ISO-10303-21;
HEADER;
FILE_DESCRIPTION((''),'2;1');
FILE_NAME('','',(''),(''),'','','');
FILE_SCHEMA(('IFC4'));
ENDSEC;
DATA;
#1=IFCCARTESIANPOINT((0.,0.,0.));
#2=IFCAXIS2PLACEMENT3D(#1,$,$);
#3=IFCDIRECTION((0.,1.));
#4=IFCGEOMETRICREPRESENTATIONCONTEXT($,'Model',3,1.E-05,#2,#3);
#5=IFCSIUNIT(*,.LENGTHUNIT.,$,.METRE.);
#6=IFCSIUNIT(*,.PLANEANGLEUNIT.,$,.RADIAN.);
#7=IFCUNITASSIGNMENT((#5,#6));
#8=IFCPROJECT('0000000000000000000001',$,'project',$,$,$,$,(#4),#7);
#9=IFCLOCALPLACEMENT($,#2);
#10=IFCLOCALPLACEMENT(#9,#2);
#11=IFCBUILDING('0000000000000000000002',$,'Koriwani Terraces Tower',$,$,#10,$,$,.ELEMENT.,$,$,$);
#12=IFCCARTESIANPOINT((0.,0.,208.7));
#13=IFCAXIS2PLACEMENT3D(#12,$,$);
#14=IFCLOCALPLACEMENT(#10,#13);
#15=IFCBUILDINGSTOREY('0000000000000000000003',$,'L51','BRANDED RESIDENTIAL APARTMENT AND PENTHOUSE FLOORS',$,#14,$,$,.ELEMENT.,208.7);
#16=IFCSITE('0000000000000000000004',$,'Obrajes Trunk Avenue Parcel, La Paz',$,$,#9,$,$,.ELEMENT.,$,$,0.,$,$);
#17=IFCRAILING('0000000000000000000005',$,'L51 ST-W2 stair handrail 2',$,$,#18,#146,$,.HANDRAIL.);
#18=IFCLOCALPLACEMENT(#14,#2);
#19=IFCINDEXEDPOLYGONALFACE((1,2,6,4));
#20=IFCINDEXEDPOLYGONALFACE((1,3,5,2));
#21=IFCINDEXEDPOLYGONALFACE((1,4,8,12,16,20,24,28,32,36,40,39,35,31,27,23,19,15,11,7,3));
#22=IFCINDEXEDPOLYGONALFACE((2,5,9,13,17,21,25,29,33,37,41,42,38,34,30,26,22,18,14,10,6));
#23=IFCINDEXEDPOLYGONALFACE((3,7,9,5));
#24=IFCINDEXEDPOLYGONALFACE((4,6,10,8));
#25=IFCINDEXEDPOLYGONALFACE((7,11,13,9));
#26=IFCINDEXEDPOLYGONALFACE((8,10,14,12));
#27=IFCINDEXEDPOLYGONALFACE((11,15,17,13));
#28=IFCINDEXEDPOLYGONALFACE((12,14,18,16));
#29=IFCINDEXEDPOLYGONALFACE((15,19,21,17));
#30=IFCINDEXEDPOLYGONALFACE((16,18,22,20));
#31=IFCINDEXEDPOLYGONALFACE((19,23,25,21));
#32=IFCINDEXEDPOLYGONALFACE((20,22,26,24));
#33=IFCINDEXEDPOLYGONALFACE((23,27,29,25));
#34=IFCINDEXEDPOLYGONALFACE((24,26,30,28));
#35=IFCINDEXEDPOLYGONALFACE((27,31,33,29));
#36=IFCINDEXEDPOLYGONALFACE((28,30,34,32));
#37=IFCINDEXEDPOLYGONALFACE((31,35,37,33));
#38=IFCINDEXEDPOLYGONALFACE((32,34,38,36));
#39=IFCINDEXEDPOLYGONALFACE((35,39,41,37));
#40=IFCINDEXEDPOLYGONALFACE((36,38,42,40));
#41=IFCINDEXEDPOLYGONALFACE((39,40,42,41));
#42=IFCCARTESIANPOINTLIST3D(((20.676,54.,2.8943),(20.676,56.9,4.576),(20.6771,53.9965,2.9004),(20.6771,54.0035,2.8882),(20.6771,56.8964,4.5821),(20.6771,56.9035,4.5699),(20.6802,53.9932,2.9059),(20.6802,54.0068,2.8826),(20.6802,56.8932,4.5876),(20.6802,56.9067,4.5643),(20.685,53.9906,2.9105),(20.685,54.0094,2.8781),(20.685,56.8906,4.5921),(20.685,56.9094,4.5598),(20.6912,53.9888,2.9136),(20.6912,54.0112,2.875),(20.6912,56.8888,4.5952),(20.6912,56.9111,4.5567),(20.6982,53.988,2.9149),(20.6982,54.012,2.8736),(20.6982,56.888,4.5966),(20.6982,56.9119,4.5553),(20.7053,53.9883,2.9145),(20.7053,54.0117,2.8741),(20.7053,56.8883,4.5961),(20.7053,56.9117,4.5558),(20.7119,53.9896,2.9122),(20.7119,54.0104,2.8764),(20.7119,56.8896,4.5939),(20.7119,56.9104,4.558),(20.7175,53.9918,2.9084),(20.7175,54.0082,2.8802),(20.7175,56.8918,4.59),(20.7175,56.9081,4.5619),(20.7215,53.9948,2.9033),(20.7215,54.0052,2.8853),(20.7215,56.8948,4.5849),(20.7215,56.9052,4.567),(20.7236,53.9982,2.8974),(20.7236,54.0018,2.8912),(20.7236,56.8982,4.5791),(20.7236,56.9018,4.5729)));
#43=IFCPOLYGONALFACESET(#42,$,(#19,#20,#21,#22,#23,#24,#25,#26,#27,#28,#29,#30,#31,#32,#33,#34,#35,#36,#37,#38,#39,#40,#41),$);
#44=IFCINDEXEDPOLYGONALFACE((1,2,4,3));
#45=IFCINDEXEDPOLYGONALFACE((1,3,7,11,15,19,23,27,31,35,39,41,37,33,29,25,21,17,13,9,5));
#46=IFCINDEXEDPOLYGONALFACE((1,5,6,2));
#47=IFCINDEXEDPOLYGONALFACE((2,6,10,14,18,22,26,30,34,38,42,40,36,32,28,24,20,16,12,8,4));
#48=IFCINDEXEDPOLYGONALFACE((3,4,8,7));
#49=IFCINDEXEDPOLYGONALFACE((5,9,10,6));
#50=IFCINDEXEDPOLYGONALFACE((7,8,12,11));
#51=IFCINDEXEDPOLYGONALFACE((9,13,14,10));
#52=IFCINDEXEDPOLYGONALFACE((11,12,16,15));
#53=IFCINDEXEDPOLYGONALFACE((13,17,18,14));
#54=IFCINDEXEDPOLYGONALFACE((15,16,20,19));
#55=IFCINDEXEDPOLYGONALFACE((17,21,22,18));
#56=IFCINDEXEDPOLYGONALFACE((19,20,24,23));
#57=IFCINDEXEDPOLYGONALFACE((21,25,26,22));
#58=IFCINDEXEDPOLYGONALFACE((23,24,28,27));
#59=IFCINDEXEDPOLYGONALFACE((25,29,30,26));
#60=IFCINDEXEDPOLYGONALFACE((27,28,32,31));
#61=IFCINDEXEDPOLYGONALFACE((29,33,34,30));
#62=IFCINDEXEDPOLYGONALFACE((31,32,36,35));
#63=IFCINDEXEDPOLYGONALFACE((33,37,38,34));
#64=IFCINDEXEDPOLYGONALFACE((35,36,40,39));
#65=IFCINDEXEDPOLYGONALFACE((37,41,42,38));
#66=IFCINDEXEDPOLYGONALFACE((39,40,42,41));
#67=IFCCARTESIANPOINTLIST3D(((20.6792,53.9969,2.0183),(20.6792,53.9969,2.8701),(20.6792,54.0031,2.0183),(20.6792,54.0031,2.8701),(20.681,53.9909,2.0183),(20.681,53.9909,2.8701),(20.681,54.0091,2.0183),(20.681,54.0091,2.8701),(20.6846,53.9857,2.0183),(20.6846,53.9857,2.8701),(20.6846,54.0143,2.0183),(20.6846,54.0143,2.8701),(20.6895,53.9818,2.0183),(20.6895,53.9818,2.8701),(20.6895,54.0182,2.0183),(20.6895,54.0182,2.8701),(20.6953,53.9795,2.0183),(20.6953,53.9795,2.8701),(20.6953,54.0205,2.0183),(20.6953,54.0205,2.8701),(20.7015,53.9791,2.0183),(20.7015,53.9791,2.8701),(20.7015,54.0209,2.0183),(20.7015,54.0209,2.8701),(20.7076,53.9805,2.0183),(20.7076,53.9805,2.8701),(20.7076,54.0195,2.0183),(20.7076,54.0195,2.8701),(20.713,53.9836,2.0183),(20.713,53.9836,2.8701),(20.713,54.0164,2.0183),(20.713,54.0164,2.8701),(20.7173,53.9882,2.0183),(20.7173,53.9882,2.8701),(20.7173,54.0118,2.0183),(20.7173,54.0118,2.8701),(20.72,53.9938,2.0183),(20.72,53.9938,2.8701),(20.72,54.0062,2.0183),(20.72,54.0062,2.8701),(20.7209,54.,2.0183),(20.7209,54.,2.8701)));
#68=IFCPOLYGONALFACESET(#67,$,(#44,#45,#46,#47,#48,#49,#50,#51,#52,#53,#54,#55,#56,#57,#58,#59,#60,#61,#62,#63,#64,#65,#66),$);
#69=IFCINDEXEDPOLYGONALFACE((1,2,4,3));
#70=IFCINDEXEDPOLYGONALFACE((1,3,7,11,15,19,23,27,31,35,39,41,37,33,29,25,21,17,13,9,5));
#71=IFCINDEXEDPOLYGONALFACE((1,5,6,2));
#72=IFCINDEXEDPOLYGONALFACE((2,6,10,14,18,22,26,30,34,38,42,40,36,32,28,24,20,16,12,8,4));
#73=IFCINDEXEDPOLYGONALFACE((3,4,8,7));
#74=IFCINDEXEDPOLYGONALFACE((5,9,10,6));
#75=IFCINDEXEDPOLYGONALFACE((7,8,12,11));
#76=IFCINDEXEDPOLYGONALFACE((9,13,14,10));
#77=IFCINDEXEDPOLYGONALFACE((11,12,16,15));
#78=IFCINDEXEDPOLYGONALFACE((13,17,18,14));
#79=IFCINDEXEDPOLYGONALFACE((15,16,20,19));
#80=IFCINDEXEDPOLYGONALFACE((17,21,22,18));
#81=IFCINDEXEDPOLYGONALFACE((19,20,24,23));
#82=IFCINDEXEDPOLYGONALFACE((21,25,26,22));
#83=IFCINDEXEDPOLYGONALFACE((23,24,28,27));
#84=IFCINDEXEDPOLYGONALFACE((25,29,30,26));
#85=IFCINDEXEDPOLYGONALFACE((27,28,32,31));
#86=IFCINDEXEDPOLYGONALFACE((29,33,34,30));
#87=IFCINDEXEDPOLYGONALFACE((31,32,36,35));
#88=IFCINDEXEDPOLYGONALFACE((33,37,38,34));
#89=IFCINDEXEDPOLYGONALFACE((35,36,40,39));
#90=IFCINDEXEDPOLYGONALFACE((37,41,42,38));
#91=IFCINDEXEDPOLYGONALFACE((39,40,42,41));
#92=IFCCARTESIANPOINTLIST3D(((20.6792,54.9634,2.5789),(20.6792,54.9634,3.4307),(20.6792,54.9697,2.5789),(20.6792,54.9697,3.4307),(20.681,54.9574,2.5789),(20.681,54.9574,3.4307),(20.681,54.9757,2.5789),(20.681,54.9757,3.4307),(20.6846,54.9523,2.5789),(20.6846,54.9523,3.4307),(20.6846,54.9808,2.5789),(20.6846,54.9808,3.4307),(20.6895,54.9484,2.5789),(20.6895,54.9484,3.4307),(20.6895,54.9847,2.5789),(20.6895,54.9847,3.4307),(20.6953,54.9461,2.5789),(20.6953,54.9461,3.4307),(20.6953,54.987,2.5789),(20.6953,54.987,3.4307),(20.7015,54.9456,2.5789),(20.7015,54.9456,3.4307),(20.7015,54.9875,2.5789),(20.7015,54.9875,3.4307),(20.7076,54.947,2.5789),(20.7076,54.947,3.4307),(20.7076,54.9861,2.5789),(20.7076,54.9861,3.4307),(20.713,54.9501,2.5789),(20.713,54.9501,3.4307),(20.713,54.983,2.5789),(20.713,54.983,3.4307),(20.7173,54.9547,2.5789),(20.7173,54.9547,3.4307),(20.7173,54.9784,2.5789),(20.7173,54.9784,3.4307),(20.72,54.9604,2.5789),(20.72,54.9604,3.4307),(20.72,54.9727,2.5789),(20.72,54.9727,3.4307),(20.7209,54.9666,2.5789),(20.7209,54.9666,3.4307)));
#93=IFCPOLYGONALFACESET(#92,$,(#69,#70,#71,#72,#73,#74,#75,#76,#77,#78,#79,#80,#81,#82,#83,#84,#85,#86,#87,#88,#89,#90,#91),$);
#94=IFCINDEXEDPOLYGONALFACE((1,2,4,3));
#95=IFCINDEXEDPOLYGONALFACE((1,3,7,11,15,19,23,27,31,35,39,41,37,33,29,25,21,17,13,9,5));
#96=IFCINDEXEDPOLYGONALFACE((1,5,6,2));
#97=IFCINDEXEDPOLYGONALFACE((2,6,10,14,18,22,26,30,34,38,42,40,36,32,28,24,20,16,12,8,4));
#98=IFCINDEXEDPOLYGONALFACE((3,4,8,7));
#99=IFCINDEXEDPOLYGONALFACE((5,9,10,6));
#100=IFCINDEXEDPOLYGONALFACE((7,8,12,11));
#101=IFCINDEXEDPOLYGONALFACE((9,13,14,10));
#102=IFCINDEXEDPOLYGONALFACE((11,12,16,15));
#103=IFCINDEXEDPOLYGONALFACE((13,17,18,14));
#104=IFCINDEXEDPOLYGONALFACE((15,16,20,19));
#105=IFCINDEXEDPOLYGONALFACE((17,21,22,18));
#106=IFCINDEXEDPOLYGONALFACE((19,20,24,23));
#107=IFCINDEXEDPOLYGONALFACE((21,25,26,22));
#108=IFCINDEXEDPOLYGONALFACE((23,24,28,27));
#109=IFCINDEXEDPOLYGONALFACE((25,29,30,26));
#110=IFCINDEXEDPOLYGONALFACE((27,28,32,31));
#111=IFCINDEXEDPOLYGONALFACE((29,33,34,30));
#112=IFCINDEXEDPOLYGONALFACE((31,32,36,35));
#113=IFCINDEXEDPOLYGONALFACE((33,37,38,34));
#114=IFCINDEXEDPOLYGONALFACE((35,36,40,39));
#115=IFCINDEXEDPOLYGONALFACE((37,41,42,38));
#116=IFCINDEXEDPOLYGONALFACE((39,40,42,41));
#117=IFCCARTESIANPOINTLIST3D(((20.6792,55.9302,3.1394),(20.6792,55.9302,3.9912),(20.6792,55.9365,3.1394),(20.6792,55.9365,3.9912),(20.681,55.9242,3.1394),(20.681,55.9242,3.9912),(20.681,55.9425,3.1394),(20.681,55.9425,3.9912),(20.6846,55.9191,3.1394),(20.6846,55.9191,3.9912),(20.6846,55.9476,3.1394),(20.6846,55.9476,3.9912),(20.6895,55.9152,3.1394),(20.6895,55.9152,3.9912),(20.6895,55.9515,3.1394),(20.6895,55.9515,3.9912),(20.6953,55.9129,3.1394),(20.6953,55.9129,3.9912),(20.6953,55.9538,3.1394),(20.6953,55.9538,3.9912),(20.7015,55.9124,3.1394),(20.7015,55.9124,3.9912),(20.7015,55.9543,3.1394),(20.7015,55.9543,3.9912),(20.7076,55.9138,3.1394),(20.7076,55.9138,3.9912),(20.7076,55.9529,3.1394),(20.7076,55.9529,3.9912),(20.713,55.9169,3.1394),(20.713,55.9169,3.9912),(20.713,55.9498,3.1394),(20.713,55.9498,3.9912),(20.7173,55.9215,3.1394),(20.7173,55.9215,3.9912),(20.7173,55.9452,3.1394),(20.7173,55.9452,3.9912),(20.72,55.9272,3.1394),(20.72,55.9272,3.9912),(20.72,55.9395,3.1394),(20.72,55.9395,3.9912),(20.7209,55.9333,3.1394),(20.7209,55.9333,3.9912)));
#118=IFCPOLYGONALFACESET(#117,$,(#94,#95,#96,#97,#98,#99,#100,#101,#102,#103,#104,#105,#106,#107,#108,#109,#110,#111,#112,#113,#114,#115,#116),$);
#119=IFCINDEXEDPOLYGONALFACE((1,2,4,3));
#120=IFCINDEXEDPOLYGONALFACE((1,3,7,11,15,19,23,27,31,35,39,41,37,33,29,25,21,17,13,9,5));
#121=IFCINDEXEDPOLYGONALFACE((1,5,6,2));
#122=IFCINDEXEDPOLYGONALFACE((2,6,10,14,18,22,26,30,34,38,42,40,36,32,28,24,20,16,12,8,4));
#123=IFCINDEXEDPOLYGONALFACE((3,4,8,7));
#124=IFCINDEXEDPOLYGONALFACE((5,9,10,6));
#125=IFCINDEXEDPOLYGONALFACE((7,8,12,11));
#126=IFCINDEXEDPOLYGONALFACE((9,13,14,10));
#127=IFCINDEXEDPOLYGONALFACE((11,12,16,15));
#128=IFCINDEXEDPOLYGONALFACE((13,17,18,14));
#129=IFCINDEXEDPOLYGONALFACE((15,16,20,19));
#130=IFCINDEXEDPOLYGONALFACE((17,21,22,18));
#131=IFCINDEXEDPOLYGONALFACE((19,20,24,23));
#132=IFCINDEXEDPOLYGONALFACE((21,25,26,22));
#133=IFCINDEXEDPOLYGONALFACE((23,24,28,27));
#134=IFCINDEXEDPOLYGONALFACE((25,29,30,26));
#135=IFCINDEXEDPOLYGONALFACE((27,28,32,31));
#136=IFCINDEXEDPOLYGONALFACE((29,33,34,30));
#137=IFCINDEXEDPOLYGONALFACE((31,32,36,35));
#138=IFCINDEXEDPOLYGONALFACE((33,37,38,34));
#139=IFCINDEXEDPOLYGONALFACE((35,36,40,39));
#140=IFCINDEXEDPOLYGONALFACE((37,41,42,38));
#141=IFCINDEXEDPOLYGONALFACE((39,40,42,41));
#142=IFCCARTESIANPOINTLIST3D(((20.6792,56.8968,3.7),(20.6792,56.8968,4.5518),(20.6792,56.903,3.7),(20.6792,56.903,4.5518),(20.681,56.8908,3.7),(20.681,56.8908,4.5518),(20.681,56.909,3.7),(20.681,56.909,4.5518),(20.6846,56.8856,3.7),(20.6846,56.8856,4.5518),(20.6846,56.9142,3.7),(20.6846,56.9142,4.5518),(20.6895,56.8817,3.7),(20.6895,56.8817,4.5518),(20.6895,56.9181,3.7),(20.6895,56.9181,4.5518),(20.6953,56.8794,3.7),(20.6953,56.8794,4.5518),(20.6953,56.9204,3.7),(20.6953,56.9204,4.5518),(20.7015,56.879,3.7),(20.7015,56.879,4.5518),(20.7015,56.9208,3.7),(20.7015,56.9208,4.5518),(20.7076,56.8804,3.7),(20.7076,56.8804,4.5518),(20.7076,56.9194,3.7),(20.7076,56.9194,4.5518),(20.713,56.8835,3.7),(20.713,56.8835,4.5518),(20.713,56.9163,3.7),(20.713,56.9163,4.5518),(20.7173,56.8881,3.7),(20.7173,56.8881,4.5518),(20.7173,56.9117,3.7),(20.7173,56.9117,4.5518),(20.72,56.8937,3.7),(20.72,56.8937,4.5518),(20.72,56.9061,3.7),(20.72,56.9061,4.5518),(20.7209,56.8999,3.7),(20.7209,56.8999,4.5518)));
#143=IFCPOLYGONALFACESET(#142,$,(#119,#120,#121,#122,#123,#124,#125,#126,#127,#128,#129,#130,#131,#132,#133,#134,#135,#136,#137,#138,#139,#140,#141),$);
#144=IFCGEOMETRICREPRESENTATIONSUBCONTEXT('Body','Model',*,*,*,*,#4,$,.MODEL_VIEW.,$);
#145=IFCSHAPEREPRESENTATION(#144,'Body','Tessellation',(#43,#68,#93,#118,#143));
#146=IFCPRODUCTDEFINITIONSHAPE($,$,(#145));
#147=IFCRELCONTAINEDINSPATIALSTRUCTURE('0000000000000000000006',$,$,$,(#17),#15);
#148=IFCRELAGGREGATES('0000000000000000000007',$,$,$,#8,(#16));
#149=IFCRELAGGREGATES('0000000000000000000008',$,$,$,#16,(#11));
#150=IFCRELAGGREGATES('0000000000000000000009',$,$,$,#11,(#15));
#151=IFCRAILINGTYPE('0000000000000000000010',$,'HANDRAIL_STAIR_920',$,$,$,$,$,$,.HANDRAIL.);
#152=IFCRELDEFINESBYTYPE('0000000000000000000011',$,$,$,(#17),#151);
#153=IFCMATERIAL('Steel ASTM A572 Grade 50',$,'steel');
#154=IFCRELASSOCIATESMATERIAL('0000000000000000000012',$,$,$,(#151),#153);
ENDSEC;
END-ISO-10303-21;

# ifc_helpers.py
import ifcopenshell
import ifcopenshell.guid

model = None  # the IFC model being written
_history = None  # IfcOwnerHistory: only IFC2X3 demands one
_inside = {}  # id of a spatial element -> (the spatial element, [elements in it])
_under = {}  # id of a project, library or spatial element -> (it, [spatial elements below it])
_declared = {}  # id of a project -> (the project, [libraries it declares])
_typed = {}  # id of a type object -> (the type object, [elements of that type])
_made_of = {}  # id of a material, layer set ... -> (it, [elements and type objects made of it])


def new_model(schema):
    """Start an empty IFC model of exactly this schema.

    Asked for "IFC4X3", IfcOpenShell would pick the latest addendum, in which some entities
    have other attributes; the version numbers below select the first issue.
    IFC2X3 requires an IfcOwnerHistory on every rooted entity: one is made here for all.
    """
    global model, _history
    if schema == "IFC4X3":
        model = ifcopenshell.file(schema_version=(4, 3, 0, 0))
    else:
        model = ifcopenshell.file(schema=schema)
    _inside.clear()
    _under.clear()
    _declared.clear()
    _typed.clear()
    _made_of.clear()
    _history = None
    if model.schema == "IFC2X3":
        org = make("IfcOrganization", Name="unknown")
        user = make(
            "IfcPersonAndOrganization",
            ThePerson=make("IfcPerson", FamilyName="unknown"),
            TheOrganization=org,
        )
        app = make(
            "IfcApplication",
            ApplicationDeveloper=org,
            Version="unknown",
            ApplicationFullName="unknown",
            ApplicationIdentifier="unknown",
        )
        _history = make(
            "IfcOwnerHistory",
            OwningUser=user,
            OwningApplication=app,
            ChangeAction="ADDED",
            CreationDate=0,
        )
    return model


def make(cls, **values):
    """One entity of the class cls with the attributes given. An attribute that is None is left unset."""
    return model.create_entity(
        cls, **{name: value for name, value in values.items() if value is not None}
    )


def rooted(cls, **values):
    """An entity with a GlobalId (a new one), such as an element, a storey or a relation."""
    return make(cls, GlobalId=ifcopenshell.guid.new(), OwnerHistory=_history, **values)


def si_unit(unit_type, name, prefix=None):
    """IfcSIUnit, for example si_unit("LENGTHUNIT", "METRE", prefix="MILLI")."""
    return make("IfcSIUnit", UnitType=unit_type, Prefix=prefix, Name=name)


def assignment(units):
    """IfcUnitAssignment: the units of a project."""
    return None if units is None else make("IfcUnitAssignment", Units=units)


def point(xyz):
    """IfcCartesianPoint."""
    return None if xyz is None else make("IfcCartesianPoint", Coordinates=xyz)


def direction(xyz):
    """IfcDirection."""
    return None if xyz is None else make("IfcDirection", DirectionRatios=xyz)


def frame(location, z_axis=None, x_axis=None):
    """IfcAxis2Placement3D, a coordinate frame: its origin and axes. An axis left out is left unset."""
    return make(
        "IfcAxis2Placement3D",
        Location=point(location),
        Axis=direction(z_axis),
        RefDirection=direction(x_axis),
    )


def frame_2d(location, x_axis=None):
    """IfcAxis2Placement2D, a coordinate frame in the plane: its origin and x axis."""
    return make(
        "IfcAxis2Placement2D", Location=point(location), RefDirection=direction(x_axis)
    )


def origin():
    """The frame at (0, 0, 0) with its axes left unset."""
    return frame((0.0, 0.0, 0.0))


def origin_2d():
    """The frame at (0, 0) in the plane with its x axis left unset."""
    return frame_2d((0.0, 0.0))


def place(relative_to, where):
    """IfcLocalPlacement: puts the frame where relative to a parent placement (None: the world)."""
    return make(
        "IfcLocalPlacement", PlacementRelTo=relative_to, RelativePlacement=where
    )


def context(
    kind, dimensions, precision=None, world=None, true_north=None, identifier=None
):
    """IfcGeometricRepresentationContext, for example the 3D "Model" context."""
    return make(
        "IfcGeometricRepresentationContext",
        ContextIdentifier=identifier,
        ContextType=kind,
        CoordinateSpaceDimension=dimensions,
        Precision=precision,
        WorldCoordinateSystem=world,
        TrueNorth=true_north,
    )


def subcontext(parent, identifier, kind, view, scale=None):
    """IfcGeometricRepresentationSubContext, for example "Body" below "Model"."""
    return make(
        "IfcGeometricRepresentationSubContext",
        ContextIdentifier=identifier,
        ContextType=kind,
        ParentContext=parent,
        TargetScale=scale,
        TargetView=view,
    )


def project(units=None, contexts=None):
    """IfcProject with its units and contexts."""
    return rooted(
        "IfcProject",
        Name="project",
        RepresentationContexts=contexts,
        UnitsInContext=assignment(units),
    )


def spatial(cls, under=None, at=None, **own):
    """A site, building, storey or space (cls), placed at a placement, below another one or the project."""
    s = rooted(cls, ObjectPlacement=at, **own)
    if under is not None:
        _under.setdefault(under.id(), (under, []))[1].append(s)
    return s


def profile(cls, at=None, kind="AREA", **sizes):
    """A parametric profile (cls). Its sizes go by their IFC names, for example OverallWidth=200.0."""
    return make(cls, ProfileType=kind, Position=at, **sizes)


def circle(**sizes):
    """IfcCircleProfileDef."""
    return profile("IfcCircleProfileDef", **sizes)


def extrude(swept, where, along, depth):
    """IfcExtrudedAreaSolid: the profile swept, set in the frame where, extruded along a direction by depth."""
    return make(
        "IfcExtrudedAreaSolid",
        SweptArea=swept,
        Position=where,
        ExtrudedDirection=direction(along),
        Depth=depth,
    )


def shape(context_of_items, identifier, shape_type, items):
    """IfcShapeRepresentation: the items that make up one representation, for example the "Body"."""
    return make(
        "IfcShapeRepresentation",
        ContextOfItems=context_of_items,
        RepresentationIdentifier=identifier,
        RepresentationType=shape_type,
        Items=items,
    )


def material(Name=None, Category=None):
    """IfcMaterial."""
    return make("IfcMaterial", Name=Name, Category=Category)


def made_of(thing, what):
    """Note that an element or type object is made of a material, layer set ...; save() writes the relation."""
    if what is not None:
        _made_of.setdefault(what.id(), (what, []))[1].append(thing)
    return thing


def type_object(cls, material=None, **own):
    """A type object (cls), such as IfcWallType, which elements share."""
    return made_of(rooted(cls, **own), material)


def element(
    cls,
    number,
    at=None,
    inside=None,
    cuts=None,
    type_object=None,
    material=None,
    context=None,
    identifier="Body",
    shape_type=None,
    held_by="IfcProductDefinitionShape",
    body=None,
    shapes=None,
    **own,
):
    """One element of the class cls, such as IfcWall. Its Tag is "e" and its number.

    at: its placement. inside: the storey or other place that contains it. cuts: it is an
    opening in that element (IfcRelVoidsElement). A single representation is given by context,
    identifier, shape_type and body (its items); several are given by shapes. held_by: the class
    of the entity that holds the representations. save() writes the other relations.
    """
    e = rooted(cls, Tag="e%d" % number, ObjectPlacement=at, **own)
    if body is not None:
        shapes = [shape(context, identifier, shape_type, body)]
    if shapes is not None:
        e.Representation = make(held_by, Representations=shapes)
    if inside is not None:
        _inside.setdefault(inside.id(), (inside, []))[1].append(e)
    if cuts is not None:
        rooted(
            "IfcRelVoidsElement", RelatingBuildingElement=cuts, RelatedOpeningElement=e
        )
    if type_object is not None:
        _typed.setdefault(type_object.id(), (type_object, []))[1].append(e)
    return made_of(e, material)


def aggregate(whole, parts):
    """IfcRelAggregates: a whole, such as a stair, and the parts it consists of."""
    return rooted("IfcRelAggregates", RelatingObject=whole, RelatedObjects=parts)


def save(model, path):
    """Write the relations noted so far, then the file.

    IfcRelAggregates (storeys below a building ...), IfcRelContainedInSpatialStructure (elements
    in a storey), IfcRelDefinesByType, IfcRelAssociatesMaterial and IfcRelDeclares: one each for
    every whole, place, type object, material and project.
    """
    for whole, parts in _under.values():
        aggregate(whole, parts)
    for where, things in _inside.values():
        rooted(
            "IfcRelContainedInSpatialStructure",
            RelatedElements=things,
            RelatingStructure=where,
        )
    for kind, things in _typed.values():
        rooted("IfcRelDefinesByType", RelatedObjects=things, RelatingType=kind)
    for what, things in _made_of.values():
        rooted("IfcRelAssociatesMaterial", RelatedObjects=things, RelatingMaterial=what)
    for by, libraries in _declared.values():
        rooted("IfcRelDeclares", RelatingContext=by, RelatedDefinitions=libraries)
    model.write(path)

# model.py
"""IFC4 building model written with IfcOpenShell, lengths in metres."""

from ifc_helpers import new_model, si_unit, direction, frame, origin, origin_2d, place, context, subcontext, project, spatial, circle, extrude, material, type_object, element, save


model = new_model("IFC4")

# Units and contexts
model_context = context("Model", 3, precision=1e-05, world=origin(), true_north=direction((0.0, 1.0)))
body_context = subcontext(model_context, "Body", "Model", "MODEL_VIEW")
ifc_project = project(units=[si_unit("LENGTHUNIT", "METRE"), si_unit("PLANEANGLEUNIT", "RADIAN")], contexts=[model_context])

# Site, building, storey
site_placement = place(None, origin())
site = spatial("IfcSite", under=ifc_project, at=site_placement, Name="Obrajes Trunk Avenue Parcel, La Paz", CompositionType="ELEMENT", RefElevation=0.0)
building_placement = place(site_placement, origin())
building = spatial("IfcBuilding", under=site, at=building_placement, Name="Koriwani Terraces Tower", CompositionType="ELEMENT")
storey_placement = place(building_placement, frame((0.0, 0.0, 208.7)))
storey = spatial("IfcBuildingStorey", under=building, at=storey_placement, Name="L51", Description="BRANDED RESIDENTIAL APARTMENT AND PENTHOUSE FLOORS", CompositionType="ELEMENT", Elevation=208.7)

# Shared definitions
ifc_material_1 = material(Name="Steel ASTM A572 Grade 50", Category="steel")

# Railing
railing_type_1 = type_object("IfcRailingType", Name="HANDRAIL_STAIR_920", PredefinedType="HANDRAIL", material=ifc_material_1)
railing_1_placement = place(storey_placement, frame((20.7, 54.0, 2.0183)))
element("IfcRailing", 1, at=railing_1_placement, inside=storey, type_object=railing_type_1, Name="L51 ST-W2 stair handrail 2", PredefinedType="HANDRAIL", context=body_context, shape_type="SweptSolid", body=[
    extrude(circle(Radius=0.0239, at=origin_2d()), frame((0.0, 0.0, 0.876), z_axis=(0.0, 0.86507, 0.501651), x_axis=(-1.0, 0.0, 0.0)), (0.0, 0.0, 1.0), 3.3523),
    extrude(circle(Radius=0.021, at=origin_2d()), origin(), (0.0, 0.0, 1.0), 0.8518),
    extrude(circle(Radius=0.021, at=origin_2d()), frame((0.0, 0.9666, 0.5605)), (0.0, 0.0, 1.0), 0.8518),
    extrude(circle(Radius=0.021, at=origin_2d()), frame((0.0, 1.9333, 1.1211)), (0.0, 0.0, 1.0), 0.8518),
    extrude(circle(Radius=0.021, at=origin_2d()), frame((0.0, 2.8999, 1.6816)), (0.0, 0.0, 1.0), 0.8518),
])

save(model, "model.ifc")
